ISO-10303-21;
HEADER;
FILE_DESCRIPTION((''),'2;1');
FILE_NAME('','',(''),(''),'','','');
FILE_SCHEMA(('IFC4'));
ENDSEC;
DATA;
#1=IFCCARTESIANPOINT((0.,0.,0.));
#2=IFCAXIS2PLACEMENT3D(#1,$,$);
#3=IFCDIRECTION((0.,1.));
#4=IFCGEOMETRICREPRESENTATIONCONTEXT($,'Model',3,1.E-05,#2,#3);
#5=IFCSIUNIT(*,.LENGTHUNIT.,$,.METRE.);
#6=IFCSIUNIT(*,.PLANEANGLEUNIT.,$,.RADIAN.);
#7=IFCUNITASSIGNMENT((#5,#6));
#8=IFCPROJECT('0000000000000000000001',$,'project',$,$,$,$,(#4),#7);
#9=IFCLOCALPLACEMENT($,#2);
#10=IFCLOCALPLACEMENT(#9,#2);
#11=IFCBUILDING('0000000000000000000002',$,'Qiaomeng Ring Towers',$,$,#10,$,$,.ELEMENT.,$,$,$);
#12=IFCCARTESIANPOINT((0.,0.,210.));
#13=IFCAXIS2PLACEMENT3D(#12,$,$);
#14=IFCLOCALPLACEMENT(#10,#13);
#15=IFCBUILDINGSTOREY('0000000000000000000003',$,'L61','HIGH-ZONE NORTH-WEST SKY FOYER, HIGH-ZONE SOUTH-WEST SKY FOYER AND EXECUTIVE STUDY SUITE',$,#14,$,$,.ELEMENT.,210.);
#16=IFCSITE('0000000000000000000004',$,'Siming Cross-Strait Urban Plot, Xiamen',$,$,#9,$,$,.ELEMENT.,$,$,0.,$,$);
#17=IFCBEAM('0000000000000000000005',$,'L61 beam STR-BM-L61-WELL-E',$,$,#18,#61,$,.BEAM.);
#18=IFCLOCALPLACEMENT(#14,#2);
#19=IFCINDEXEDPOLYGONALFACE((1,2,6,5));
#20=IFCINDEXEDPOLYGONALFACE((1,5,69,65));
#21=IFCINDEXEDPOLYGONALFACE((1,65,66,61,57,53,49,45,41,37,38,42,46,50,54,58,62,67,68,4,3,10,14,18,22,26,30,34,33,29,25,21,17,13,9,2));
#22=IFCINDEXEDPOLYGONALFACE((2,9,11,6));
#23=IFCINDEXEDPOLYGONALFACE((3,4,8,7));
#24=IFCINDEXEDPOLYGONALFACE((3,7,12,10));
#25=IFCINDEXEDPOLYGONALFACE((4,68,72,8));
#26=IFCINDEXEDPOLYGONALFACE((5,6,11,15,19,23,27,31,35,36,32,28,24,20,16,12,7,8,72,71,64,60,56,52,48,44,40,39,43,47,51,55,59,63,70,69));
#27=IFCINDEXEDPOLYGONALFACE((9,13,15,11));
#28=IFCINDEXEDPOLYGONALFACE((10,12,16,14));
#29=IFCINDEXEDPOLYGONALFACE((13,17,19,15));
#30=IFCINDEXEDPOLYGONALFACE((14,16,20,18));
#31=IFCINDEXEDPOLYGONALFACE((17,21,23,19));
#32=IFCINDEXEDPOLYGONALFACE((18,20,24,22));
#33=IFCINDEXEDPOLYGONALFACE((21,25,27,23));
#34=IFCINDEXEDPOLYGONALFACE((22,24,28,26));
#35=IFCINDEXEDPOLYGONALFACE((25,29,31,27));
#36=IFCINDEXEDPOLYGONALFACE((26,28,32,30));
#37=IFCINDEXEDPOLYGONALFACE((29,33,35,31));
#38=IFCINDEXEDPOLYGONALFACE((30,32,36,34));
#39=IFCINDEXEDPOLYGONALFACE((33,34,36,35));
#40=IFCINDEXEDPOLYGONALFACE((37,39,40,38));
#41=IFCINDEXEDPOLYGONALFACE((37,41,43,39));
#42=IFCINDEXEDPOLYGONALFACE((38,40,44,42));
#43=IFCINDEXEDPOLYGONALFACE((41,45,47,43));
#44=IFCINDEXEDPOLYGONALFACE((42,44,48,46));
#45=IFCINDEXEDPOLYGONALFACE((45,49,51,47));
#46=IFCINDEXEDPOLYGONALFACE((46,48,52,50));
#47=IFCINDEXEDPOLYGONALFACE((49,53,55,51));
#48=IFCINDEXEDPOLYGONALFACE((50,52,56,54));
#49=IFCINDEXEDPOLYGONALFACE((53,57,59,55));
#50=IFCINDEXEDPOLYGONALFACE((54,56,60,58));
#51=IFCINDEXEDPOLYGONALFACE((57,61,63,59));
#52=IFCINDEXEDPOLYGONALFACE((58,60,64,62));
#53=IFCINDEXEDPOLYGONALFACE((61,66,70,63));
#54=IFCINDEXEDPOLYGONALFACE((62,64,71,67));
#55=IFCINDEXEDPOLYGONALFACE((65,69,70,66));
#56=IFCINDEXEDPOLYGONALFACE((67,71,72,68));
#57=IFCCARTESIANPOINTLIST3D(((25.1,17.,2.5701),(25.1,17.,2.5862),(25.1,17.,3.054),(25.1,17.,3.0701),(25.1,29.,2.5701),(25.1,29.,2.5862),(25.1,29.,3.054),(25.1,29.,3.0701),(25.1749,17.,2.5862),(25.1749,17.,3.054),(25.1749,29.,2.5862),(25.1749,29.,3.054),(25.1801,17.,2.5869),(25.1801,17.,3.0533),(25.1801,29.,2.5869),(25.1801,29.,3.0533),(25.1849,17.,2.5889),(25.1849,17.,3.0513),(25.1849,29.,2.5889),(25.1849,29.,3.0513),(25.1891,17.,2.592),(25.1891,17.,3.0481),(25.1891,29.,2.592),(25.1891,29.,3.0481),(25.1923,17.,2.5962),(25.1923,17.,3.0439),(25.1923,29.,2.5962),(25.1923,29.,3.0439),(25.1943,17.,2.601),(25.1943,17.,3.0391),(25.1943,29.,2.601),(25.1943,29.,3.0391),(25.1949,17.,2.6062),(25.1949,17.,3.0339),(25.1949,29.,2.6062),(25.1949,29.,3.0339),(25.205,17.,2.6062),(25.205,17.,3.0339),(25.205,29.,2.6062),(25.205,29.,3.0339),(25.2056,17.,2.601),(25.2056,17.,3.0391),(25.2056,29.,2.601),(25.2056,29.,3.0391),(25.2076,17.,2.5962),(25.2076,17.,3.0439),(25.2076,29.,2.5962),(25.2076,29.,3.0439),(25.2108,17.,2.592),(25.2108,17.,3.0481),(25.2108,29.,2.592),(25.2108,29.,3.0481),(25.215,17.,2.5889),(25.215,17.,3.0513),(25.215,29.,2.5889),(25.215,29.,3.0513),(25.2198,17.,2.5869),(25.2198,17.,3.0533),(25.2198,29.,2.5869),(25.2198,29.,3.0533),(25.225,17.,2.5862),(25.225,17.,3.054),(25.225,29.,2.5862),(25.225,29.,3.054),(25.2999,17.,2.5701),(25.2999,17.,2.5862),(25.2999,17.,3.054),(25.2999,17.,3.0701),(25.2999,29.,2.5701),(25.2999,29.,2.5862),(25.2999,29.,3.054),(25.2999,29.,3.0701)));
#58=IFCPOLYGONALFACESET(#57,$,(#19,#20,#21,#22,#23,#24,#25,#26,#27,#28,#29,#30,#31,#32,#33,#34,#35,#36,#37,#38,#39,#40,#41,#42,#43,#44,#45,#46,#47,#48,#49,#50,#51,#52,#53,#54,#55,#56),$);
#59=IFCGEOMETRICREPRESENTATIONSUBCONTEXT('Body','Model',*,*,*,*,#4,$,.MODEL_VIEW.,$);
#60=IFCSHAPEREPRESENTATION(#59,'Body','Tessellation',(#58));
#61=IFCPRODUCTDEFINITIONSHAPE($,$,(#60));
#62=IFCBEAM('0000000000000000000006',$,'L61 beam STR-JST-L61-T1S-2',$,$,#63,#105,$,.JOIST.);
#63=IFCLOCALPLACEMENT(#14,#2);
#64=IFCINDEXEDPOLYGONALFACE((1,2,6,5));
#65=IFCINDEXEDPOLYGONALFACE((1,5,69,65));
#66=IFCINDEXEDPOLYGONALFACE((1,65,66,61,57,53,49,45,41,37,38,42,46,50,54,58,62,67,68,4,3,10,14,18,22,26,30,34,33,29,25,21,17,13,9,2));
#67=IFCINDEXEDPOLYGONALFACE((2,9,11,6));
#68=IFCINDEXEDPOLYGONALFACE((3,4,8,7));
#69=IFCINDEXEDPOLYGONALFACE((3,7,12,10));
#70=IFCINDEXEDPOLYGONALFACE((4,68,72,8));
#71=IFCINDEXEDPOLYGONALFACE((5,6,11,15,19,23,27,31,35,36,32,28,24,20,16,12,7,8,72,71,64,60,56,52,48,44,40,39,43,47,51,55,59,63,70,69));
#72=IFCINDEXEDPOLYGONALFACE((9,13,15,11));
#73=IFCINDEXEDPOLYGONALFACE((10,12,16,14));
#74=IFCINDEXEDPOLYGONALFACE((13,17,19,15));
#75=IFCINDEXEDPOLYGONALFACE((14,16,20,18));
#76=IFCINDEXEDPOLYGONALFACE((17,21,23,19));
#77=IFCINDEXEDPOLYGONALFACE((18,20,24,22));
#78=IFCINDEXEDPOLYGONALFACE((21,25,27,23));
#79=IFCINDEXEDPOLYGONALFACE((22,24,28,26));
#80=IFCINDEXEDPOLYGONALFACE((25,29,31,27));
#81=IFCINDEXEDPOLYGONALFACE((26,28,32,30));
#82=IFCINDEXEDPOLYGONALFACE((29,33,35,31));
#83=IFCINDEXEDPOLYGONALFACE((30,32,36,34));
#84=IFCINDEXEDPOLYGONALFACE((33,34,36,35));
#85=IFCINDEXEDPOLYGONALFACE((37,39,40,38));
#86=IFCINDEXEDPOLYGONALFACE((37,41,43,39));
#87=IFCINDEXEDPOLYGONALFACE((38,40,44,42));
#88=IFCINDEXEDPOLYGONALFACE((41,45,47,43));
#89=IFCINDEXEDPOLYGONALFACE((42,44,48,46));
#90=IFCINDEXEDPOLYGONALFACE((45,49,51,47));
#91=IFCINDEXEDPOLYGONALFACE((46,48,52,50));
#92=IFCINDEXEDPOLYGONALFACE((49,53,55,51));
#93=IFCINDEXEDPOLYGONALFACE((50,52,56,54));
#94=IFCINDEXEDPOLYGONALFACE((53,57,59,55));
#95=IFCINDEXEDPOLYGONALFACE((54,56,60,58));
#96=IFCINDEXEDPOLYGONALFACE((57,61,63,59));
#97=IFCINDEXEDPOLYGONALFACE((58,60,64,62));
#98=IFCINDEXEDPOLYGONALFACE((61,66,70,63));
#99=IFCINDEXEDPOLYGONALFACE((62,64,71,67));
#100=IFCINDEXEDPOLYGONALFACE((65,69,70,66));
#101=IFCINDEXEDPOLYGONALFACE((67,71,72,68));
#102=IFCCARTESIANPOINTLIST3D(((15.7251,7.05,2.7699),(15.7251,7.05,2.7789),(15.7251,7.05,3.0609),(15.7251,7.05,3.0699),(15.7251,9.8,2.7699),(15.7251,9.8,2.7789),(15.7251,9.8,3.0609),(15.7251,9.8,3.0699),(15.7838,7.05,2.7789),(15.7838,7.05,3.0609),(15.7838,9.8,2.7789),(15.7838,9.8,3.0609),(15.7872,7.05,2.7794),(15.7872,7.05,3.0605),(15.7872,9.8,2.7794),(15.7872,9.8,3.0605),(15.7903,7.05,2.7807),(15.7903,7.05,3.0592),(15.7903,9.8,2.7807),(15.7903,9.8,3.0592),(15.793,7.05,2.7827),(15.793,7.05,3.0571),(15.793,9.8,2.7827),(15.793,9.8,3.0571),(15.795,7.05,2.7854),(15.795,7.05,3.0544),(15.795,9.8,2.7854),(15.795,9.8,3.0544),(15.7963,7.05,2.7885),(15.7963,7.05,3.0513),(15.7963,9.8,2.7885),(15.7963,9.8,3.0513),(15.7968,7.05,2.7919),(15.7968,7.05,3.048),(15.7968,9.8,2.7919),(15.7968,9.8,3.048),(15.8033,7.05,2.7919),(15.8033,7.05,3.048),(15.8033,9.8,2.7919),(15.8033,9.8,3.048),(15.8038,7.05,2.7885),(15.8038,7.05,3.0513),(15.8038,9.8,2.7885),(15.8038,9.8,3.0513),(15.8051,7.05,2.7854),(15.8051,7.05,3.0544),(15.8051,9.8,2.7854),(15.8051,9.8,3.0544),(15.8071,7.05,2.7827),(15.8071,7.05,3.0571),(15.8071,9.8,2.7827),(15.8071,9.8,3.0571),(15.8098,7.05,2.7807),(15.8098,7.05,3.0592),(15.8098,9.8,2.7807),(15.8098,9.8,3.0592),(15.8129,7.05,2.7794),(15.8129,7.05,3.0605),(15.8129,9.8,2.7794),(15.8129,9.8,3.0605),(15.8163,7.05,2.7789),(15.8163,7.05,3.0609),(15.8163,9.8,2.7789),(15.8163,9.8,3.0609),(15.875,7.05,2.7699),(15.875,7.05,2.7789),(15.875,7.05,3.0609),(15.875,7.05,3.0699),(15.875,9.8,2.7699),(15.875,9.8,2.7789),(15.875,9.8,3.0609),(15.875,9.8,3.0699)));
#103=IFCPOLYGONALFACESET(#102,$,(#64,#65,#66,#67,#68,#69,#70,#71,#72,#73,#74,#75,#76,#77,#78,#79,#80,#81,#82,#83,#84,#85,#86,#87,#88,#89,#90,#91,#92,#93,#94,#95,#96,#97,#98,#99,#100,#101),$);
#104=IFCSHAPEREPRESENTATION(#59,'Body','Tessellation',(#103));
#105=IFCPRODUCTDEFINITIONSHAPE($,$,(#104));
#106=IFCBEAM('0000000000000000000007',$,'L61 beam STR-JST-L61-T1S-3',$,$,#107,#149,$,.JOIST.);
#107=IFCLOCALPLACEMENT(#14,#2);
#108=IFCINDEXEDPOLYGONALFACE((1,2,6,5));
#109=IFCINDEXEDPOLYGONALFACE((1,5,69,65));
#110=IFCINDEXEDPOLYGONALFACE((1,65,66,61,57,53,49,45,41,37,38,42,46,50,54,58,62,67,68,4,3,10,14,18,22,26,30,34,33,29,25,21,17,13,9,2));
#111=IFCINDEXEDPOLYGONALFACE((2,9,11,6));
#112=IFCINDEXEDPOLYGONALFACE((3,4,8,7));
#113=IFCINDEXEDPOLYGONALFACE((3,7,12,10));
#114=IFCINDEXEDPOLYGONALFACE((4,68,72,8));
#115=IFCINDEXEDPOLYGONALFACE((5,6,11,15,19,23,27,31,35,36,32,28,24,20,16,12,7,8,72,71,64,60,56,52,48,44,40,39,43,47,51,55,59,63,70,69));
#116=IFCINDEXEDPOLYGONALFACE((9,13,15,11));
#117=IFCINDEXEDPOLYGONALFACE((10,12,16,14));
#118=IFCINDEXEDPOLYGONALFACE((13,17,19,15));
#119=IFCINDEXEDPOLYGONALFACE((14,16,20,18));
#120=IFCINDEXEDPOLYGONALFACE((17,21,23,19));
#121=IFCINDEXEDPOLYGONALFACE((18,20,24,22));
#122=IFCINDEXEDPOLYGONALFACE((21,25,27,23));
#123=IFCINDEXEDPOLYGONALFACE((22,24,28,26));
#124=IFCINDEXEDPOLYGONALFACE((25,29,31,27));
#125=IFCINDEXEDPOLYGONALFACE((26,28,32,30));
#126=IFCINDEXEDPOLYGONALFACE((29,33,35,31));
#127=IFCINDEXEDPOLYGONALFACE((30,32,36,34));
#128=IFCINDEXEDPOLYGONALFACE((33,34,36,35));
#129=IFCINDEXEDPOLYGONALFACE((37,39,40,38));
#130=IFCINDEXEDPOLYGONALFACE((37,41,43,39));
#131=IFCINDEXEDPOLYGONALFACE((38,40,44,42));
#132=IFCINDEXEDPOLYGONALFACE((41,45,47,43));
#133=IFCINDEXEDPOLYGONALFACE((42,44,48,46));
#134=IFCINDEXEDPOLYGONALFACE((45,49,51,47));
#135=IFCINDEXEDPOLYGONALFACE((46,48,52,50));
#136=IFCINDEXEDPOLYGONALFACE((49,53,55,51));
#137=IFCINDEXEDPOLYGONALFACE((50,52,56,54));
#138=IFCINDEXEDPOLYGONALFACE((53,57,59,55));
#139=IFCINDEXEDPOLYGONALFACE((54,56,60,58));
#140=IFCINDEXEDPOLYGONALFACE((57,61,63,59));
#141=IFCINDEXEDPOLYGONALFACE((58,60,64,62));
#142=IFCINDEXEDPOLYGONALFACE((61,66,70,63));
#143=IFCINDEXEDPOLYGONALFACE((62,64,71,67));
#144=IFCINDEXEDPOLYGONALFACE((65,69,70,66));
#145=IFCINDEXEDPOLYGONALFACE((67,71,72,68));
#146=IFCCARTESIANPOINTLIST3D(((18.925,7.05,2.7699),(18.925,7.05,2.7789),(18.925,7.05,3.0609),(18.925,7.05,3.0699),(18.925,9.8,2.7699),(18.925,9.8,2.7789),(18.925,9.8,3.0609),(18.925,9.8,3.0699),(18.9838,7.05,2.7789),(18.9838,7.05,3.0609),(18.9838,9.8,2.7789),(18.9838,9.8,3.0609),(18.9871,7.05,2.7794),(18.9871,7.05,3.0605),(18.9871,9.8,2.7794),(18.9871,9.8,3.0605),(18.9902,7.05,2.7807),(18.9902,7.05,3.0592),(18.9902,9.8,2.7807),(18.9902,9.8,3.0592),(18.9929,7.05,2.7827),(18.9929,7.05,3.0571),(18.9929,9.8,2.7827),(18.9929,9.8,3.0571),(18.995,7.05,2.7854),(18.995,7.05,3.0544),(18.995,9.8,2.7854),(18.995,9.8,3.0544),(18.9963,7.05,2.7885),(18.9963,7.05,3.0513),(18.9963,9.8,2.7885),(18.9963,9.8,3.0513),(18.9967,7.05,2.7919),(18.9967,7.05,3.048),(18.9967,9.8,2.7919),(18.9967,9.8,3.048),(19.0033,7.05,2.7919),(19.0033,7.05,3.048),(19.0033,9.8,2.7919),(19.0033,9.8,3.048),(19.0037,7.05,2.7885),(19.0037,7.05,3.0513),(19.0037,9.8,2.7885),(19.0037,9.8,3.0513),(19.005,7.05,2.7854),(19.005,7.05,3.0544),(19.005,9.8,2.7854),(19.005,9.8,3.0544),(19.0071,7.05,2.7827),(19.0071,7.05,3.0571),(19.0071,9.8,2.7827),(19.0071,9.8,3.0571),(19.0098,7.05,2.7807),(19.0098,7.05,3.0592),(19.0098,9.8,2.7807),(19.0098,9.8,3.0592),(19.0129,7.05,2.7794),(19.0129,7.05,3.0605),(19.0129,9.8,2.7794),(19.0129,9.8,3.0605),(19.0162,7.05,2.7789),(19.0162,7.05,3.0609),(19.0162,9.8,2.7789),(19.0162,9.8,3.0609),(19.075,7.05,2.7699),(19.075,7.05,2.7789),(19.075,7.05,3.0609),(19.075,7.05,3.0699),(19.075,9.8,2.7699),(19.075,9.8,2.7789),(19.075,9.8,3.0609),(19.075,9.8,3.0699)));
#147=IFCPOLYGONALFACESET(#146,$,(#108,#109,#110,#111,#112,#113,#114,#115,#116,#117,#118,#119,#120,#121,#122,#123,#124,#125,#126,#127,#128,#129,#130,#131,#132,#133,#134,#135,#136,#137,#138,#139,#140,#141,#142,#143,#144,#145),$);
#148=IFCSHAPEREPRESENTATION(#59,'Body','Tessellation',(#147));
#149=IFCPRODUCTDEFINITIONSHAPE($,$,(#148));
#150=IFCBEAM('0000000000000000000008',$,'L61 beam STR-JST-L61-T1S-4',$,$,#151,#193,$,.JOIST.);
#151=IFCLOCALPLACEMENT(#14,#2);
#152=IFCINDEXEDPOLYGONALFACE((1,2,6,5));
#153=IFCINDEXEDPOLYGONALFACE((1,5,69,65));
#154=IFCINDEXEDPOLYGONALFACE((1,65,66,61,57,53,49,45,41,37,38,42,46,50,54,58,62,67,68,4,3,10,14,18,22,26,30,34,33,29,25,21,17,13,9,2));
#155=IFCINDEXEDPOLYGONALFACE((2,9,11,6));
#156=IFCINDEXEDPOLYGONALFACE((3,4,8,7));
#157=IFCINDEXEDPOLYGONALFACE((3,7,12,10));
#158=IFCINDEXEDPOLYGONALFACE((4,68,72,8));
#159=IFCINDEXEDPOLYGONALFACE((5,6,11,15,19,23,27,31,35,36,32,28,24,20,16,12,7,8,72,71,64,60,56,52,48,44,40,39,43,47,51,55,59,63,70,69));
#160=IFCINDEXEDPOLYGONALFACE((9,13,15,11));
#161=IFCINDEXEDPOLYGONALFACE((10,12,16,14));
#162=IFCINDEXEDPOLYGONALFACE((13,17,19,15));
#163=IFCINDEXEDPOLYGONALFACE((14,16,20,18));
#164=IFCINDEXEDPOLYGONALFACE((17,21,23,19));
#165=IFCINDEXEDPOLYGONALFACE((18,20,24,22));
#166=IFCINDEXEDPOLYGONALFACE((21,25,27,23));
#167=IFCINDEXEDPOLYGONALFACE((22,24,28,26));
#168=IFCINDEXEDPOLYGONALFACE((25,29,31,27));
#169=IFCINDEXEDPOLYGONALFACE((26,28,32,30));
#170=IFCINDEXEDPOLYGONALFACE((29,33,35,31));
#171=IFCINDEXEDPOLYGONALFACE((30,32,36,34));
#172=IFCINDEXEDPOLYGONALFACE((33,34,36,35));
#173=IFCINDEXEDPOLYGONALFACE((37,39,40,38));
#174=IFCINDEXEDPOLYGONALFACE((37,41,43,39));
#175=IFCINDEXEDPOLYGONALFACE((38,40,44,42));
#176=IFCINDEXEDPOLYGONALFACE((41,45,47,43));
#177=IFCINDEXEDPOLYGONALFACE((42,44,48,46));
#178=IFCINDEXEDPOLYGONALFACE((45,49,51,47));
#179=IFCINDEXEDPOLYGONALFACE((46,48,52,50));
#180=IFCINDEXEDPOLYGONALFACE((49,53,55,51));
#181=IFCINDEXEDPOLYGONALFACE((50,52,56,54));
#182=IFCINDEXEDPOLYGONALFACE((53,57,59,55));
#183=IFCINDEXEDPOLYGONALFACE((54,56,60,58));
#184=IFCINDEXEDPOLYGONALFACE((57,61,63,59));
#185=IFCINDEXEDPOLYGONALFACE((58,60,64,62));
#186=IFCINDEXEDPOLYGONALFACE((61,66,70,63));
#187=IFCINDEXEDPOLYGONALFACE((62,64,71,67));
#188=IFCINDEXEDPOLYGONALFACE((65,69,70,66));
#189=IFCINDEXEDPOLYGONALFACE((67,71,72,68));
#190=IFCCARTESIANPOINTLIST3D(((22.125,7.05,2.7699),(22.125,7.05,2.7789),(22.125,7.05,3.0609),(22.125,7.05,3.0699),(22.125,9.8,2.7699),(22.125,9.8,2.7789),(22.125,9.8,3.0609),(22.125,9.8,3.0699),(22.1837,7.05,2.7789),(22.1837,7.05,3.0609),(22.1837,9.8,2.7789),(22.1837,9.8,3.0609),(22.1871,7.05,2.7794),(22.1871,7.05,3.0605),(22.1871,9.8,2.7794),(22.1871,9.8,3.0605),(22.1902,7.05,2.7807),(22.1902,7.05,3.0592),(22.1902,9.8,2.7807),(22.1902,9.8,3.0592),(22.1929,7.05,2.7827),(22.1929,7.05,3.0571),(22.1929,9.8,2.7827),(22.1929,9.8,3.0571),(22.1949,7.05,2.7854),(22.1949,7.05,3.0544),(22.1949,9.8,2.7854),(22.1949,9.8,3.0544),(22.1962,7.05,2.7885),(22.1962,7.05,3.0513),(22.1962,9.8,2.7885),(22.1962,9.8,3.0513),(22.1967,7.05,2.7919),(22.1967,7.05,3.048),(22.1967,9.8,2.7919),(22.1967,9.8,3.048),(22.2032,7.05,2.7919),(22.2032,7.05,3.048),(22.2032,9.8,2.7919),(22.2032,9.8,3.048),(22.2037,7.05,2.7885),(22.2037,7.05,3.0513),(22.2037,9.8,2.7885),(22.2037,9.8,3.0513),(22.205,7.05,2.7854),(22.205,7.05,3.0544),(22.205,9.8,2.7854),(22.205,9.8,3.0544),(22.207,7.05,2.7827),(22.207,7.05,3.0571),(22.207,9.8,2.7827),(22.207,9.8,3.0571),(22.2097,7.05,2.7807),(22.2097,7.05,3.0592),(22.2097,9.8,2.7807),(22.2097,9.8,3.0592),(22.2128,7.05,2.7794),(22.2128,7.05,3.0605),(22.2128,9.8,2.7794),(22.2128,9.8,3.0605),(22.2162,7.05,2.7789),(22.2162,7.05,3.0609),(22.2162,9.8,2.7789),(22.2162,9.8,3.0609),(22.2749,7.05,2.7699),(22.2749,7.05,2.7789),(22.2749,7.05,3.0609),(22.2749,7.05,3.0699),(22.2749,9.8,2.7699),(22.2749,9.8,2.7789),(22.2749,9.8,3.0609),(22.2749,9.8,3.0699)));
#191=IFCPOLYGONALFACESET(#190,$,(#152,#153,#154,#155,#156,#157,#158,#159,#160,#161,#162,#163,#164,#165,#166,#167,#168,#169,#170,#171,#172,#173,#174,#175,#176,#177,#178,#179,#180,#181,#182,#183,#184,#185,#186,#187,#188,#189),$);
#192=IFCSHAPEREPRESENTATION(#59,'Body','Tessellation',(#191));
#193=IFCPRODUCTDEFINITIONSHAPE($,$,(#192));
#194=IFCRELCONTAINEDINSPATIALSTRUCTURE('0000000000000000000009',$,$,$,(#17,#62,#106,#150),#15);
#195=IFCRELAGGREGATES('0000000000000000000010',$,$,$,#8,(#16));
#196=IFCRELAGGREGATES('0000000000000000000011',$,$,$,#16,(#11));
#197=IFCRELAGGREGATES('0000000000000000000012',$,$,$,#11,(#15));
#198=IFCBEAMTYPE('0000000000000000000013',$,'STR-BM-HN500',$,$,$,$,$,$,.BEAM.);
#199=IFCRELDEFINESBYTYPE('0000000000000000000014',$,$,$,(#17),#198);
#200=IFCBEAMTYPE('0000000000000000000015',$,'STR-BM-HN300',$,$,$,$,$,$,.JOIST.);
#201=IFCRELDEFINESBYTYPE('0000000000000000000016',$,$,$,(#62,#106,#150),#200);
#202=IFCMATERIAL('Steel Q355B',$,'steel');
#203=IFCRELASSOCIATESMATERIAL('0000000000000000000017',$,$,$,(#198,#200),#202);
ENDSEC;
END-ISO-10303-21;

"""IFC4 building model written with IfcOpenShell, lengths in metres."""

from ifc_helpers import new_model, si_unit, direction, frame, origin, origin_2d, place, context, subcontext, project, spatial, i_section, extrude, source, transform, mapped, material, material_profile, profile_set, type_object, element, save


model = new_model("IFC4")

# Units and contexts
model_context = context("Model", 3, precision=1e-05, world=origin(), true_north=direction((0.0, 1.0)))
body_context = subcontext(model_context, "Body", "Model", "MODEL_VIEW")
ifc_project = project(units=[si_unit("LENGTHUNIT", "METRE"), si_unit("PLANEANGLEUNIT", "RADIAN")], contexts=[model_context])

# Site, building, storey
site_placement = place(None, origin())
site = spatial("IfcSite", under=ifc_project, at=site_placement, Name="Siming Cross-Strait Urban Plot, Xiamen", CompositionType="ELEMENT", RefElevation=0.0)
building_placement = place(site_placement, origin())
building = spatial("IfcBuilding", under=site, at=building_placement, Name="Qiaomeng Ring Towers", CompositionType="ELEMENT")
storey_placement = place(building_placement, frame((0.0, 0.0, 210.0)))
storey = spatial("IfcBuildingStorey", under=building, at=storey_placement, Name="L61", Description="HIGH-ZONE NORTH-WEST SKY FOYER, HIGH-ZONE SOUTH-WEST SKY FOYER AND EXECUTIVE STUDY SUITE", CompositionType="ELEMENT", Elevation=210.0)

# Beams
ifc_material_1 = material(Name="Steel Q355B", Category="steel")
ifc_material_profile_1 = material_profile(ifc_material_1, i_section(OverallWidth=0.2, OverallDepth=0.5, WebThickness=0.01, FlangeThickness=0.0161, FilletRadius=0.02, at=origin_2d()), Name="HN 500x200x10x16")
ifc_profile_set_1 = profile_set([ifc_material_profile_1], Name="Steel Q355B")
beam_type_1 = type_object("IfcBeamType", Name="STR-BM-HN500", PredefinedType="BEAM", material=ifc_profile_set_1)
shared_shape_1 = source(origin(), body_context, "Body", "SweptSolid", [
    extrude(i_section(OverallWidth=0.2, OverallDepth=0.5, WebThickness=0.01, FlangeThickness=0.0161, FilletRadius=0.02, at=origin_2d()), origin(), (0.0, 0.0, 1.0), 12.0),
])
beam_1_placement = place(storey_placement, frame((25.2, 17.0, 2.8201), z_axis=(0.0, 1.0, 0.0), x_axis=(-1.0, 0.0, 0.0)))
element("IfcBeam", 1, at=beam_1_placement, inside=storey, type_object=beam_type_1, Name="L61 beam STR-BM-L61-WELL-E", PredefinedType="BEAM", context=body_context, shape_type="MappedRepresentation", body=[
    mapped(shared_shape_1, transform((0.0, 0.0, 0.0), x_axis=(1.0, 0.0, 0.0), y_axis=(0.0, 1.0, 0.0), z_axis=(0.0, 0.0, 1.0), scale=1.0)),
])
ifc_material_profile_2 = material_profile(ifc_material_1, i_section(OverallWidth=0.1499, OverallDepth=0.3, WebThickness=0.0066, FlangeThickness=0.009, FilletRadius=0.0129, at=origin_2d()), Name="HN 300x150x6.5x9")
ifc_profile_set_2 = profile_set([ifc_material_profile_2], Name="Steel Q355B")
beam_type_2 = type_object("IfcBeamType", Name="STR-BM-HN300", PredefinedType="JOIST", material=ifc_profile_set_2)
shared_shape_2 = source(origin(), body_context, "Body", "SweptSolid", [
    extrude(i_section(OverallWidth=0.1499, OverallDepth=0.3, WebThickness=0.0066, FlangeThickness=0.009, FilletRadius=0.0129, at=origin_2d()), origin(), (0.0, 0.0, 1.0), 2.75),
])
for number, where, z_axis, x_axis, name in (
    (2, (15.8, 7.05, 2.9199), (0.0, 1.0, 0.0), (-1.0, 0.0, 0.0), "L61 beam STR-JST-L61-T1S-2"),
    (3, (19.0, 7.05, 2.9199), (0.0, 1.0, 0.0), (-1.0, 0.0, 0.0), "L61 beam STR-JST-L61-T1S-3"),
    (4, (22.2, 7.05, 2.9199), (0.0, 1.0, 0.0), (-1.0, 0.0, 0.0), "L61 beam STR-JST-L61-T1S-4"),
):
    element("IfcBeam", number, at=place(storey_placement, frame(where, z_axis=z_axis, x_axis=x_axis)), inside=storey, type_object=beam_type_2, Name=name, PredefinedType="JOIST", context=body_context, shape_type="MappedRepresentation", body=[
        mapped(shared_shape_2, transform((0.0, 0.0, 0.0), x_axis=(1.0, 0.0, 0.0), y_axis=(0.0, 1.0, 0.0), z_axis=(0.0, 0.0, 1.0), scale=1.0)),
    ])

save(model, "model.ifc")
